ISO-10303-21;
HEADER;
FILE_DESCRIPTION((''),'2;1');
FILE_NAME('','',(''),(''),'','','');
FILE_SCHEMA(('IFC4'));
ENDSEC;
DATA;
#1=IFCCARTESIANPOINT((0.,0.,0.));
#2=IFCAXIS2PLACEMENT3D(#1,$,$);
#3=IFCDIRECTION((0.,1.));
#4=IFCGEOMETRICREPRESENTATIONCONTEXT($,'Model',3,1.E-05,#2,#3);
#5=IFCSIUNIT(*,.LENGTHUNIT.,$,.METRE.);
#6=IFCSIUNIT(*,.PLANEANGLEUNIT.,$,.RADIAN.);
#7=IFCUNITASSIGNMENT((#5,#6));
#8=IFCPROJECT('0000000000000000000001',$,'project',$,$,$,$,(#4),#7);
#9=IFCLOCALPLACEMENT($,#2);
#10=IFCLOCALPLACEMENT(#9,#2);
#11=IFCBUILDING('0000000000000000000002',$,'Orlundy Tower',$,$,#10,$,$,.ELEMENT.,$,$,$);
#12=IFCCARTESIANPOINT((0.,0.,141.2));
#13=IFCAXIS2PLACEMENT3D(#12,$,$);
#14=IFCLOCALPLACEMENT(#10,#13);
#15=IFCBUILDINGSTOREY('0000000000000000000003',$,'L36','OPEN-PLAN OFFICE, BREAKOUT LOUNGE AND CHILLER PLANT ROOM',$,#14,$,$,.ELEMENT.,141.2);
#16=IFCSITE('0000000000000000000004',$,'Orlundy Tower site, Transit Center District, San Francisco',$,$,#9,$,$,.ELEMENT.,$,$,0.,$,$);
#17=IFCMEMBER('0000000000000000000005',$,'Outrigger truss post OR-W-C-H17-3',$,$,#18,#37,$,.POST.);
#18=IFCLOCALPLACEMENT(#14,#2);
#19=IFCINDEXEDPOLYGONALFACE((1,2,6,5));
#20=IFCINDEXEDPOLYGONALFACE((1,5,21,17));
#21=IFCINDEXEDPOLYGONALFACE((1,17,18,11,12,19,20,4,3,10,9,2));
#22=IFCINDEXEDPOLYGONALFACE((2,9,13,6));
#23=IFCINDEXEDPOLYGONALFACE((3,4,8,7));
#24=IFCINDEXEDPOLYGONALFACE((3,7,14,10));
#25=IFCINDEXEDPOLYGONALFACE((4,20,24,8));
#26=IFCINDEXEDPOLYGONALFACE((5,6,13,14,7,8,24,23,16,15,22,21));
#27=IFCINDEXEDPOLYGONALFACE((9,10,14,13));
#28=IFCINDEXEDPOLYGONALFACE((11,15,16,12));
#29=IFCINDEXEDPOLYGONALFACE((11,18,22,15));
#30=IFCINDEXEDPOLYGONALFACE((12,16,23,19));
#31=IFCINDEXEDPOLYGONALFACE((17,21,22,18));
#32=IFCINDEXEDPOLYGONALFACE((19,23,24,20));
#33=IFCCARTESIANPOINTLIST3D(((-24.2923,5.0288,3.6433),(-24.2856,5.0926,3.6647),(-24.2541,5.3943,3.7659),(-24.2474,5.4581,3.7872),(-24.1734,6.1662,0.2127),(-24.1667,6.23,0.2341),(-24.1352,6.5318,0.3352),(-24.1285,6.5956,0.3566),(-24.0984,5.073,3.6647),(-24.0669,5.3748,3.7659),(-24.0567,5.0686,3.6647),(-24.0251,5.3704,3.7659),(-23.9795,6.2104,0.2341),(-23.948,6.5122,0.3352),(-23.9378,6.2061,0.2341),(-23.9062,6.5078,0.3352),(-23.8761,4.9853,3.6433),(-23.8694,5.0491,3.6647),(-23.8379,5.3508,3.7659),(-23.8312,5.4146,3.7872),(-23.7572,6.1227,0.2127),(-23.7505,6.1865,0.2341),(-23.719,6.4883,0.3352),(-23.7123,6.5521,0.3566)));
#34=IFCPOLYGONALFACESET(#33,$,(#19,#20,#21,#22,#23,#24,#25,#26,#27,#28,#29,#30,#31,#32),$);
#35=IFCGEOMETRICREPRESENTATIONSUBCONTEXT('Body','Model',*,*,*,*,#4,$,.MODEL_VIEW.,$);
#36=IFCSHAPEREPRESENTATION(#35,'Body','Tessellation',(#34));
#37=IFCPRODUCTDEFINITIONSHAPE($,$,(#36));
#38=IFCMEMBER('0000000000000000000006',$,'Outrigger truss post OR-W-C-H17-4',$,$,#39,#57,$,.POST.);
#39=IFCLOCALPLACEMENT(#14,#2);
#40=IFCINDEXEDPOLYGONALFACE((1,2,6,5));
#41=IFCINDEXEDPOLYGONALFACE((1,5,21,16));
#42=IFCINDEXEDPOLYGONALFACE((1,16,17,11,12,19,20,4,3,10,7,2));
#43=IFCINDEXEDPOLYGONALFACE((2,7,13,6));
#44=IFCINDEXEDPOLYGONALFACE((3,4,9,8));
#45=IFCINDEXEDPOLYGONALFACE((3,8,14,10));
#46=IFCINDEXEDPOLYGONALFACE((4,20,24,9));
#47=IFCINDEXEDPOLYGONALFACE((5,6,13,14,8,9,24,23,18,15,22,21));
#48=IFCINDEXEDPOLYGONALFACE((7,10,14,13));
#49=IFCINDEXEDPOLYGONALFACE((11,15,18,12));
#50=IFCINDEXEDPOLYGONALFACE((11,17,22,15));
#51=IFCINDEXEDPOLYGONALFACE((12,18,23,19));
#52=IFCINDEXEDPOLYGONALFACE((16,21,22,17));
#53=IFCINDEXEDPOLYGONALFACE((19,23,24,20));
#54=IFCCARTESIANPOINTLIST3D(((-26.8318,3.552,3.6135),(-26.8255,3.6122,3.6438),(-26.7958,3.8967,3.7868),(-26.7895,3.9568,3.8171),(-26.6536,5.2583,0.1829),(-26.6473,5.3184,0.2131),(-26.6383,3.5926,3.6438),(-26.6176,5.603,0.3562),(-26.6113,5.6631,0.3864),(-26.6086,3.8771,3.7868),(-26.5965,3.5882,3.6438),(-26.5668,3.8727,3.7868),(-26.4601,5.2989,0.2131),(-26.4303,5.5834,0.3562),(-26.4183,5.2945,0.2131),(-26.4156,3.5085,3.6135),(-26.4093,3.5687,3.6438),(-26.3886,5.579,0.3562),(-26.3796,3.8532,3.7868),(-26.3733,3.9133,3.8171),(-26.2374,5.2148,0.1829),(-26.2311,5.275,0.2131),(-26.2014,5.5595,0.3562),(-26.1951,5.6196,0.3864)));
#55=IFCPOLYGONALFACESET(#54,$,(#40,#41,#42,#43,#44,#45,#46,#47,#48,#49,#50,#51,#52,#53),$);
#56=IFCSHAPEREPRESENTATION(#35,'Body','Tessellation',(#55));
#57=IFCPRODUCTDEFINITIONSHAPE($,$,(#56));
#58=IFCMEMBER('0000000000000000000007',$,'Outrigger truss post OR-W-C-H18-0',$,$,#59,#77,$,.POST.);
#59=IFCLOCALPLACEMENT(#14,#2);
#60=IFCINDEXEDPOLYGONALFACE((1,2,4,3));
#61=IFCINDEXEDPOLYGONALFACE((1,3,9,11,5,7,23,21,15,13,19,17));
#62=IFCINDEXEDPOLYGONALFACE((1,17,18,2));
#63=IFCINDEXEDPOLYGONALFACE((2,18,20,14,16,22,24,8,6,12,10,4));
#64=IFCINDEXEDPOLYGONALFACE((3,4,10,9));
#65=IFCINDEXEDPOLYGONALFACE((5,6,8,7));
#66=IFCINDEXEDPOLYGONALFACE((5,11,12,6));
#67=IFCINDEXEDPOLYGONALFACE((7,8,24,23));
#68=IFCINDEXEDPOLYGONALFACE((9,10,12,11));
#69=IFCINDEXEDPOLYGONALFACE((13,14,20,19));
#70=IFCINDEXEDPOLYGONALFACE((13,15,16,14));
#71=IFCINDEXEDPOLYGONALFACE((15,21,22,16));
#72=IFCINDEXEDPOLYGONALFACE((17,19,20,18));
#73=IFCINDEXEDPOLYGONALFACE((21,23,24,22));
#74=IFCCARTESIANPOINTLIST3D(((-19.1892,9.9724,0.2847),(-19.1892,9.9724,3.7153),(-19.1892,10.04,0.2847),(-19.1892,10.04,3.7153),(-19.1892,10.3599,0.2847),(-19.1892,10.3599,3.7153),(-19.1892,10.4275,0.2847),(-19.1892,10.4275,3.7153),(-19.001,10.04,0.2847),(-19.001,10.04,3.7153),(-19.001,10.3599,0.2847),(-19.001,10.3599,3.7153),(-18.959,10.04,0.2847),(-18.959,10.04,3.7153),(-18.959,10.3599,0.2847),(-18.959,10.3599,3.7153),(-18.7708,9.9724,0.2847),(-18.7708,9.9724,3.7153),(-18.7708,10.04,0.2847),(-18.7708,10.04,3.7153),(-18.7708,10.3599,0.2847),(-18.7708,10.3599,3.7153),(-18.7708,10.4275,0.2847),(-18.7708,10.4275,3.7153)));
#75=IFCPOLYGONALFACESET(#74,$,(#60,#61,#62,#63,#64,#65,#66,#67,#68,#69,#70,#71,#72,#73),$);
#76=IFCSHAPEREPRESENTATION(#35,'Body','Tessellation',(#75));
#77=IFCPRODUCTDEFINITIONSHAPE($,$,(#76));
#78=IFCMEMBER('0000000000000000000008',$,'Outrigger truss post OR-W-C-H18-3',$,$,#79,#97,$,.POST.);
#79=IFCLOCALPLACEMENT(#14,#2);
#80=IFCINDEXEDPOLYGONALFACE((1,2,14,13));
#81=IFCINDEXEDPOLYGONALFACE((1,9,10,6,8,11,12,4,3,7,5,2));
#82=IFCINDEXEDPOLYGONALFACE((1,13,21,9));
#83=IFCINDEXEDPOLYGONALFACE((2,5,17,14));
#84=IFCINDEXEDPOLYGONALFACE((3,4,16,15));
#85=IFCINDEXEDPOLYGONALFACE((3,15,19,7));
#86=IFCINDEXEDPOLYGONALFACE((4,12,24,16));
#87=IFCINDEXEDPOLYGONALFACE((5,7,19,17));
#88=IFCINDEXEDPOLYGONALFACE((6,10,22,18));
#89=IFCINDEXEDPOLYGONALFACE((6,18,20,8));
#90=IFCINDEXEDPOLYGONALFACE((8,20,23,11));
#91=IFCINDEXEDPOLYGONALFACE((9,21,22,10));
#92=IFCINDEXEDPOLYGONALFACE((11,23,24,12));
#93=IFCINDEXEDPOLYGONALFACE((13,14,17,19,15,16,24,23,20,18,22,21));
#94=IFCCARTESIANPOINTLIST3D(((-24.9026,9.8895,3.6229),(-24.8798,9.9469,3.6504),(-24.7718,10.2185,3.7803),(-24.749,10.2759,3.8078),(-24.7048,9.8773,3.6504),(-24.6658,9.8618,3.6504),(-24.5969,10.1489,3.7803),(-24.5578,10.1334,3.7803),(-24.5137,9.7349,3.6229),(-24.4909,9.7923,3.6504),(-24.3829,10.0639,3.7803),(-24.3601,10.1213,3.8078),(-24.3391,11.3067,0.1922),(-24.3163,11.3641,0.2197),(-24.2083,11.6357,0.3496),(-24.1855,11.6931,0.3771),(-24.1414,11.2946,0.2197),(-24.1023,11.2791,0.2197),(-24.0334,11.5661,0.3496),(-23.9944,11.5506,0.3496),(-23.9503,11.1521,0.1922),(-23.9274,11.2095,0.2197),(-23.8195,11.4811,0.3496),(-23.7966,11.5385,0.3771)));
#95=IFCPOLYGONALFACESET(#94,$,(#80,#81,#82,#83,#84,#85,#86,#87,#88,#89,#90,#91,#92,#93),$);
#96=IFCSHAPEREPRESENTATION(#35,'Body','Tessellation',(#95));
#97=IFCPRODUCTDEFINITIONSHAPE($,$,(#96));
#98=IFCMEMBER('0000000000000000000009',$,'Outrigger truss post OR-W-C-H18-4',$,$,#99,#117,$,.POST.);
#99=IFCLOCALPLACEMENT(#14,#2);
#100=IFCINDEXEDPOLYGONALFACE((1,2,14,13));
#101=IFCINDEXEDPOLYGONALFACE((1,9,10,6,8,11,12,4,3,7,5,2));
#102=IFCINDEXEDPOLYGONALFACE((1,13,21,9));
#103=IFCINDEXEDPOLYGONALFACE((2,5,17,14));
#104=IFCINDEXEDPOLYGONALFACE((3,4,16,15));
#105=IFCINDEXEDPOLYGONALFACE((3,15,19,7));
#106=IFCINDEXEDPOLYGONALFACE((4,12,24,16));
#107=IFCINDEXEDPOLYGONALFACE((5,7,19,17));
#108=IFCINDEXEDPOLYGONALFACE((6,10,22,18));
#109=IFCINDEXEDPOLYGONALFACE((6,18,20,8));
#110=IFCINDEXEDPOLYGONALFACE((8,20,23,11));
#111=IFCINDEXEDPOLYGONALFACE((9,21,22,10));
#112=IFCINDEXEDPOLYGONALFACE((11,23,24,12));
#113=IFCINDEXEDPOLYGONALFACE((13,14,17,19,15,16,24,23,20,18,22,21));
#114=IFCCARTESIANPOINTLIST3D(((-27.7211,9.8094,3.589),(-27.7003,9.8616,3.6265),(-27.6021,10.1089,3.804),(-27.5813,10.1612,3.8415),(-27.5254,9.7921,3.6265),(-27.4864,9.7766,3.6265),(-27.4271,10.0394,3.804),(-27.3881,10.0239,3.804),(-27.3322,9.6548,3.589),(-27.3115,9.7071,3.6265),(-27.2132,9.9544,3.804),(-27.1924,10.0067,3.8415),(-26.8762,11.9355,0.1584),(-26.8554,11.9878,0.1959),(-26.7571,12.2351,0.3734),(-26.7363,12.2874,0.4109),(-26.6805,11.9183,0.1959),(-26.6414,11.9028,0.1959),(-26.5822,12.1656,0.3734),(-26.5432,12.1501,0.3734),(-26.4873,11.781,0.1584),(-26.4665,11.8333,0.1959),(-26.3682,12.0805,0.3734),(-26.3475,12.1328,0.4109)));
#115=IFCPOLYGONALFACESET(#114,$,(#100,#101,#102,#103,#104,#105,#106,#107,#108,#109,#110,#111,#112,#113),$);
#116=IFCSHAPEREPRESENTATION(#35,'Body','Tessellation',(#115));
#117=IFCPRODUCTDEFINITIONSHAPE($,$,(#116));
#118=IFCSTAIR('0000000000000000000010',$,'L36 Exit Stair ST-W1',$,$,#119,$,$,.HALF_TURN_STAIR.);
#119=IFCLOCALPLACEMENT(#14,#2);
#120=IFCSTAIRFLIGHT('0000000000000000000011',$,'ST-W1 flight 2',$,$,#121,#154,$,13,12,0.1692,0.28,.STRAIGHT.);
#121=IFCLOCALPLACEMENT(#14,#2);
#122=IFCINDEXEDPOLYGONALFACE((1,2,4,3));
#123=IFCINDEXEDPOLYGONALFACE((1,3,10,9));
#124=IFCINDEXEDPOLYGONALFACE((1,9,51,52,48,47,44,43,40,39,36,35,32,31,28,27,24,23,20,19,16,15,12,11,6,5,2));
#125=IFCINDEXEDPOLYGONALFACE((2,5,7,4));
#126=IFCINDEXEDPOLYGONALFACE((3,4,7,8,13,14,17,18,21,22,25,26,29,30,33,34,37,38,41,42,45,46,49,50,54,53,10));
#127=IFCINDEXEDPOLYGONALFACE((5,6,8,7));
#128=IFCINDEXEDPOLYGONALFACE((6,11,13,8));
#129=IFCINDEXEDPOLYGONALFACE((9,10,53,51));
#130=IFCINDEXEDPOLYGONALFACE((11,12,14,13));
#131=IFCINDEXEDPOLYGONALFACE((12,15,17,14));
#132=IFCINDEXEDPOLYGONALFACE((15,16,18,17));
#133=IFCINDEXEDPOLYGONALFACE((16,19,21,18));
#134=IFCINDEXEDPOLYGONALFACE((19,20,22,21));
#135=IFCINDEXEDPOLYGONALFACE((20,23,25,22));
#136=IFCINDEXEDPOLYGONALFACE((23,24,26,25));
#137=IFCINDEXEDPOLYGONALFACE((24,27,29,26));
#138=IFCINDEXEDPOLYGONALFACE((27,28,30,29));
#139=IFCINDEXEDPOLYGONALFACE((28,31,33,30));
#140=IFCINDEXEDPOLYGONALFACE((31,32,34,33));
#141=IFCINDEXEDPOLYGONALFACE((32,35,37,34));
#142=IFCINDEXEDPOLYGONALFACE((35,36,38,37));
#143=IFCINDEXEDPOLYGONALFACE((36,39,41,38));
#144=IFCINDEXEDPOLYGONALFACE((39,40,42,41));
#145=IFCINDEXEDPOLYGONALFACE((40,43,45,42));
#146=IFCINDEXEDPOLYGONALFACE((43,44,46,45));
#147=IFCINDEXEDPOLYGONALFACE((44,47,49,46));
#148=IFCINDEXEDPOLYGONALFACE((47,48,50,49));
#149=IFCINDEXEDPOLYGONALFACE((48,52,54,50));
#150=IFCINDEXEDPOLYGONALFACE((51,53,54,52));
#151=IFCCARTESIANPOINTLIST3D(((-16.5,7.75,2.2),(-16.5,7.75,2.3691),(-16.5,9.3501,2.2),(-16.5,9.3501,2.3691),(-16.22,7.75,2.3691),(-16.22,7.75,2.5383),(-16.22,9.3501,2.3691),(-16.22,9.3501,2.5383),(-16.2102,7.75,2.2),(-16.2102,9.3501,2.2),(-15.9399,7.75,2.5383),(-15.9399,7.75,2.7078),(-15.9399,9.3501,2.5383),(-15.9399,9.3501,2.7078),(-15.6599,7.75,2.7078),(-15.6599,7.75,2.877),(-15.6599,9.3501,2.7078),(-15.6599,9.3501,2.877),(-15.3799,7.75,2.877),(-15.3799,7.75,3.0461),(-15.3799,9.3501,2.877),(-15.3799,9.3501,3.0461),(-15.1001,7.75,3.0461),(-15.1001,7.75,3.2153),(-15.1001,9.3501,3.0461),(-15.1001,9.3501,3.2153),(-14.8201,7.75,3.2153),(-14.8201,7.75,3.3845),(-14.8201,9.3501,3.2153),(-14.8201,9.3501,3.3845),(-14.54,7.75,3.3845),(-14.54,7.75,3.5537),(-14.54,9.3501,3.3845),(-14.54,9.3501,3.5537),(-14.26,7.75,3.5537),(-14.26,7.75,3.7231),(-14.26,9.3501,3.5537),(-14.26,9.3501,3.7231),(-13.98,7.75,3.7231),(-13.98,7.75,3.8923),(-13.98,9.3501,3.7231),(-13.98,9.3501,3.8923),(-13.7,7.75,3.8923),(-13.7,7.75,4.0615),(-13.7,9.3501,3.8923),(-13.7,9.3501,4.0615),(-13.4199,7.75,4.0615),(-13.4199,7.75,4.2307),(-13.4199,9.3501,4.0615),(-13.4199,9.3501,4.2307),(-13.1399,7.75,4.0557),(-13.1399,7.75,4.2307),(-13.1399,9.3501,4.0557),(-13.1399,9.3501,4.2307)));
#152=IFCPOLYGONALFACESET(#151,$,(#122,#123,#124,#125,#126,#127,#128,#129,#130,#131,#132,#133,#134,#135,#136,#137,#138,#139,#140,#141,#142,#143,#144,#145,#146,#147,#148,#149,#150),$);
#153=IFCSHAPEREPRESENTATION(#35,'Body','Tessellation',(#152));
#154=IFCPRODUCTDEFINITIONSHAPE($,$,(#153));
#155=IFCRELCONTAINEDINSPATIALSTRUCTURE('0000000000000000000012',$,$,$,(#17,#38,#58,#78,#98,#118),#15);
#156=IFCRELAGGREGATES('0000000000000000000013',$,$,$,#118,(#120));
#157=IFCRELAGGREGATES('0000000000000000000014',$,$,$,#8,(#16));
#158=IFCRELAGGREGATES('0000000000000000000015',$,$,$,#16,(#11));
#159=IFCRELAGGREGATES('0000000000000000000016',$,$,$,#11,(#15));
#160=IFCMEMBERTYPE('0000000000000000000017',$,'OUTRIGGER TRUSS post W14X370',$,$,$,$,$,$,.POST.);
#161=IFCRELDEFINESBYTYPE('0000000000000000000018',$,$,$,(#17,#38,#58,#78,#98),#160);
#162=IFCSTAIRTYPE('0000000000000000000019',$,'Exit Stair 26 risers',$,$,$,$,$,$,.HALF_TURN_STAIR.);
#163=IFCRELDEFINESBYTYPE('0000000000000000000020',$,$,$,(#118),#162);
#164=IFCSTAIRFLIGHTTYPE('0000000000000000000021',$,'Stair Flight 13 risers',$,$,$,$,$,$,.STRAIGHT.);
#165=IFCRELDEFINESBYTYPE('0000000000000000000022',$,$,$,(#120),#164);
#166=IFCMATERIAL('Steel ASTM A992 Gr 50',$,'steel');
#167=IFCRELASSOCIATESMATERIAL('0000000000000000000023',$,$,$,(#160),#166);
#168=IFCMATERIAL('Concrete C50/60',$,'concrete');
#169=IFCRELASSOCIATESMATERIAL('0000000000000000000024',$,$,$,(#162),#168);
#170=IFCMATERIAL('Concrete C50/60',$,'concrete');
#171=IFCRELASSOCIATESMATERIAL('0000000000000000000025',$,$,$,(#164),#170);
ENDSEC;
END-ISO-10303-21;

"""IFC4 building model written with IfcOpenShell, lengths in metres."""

from ifc_helpers import new_model, si_unit, direction, frame, origin, origin_2d, place, context, subcontext, project, spatial, polyline, i_section, outline, extrude, material, material_profile, profile_set, type_object, element, aggregate, save


model = new_model("IFC4")

# Units and contexts
model_context = context("Model", 3, precision=1e-05, world=origin(), true_north=direction((0.0, 1.0)))
body_context = subcontext(model_context, "Body", "Model", "MODEL_VIEW")
ifc_project = project(units=[si_unit("LENGTHUNIT", "METRE"), si_unit("PLANEANGLEUNIT", "RADIAN")], contexts=[model_context])

# Site, building, storey
site_placement = place(None, origin())
site = spatial("IfcSite", under=ifc_project, at=site_placement, Name="Orlundy Tower site, Transit Center District, San Francisco", CompositionType="ELEMENT", RefElevation=0.0)
building_placement = place(site_placement, origin())
building = spatial("IfcBuilding", under=site, at=building_placement, Name="Orlundy Tower", CompositionType="ELEMENT")
storey_placement = place(building_placement, frame((0.0, 0.0, 141.2)))
storey = spatial("IfcBuildingStorey", under=building, at=storey_placement, Name="L36", Description="OPEN-PLAN OFFICE, BREAKOUT LOUNGE AND CHILLER PLANT ROOM", CompositionType="ELEMENT", Elevation=141.2)

# Members
ifc_material_1 = material(Name="Steel ASTM A992 Gr 50", Category="steel")
ifc_material_profile_1 = material_profile(ifc_material_1, i_section(OverallWidth=0.4185, OverallDepth=0.4551, WebThickness=0.042, FlangeThickness=0.0676, at=origin_2d()), Name="W14X370")
ifc_profile_set_1 = profile_set([ifc_material_profile_1], Name="Steel ASTM A992 Gr 50")
member_type_1 = type_object("IfcMemberType", Name="OUTRIGGER TRUSS post W14X370", PredefinedType="POST", material=ifc_profile_set_1)
member_1_placement = place(storey_placement, frame((-23.9429, 6.3591, 0.2847), z_axis=(-0.032878, -0.314537, 0.948676), x_axis=(0.994581, -0.103962, 0.0)))
element("IfcMember", 1, at=member_1_placement, inside=storey, type_object=member_type_1, Name="Outrigger truss post OR-W-C-H17-3", PredefinedType="POST", context=body_context, shape_type="SweptSolid", body=[
    extrude(i_section(OverallWidth=0.4185, OverallDepth=0.4551, WebThickness=0.042, FlangeThickness=0.0676, at=origin_2d()), origin(), (0.0, 0.0, 1.0), 3.6162),
])
member_2_placement = place(storey_placement, frame((-26.4243, 5.439, 0.2847), z_axis=(-0.046464, -0.444846, 0.894401), x_axis=(0.994589, -0.103885, 0.0)))
element("IfcMember", 2, at=member_2_placement, inside=storey, type_object=member_type_1, Name="Outrigger truss post OR-W-C-H17-4", PredefinedType="POST", context=body_context, shape_type="SweptSolid", body=[
    extrude(i_section(OverallWidth=0.4185, OverallDepth=0.4551, WebThickness=0.042, FlangeThickness=0.0676, at=origin_2d()), origin(), (0.0, 0.0, 1.0), 3.8357),
])
member_3_placement = place(storey_placement, frame((-18.98, 10.2, 0.2847), z_axis=(0.0, 0.0, 1.0), x_axis=(1.0, 0.0, 0.0)))
element("IfcMember", 3, at=member_3_placement, inside=storey, type_object=member_type_1, Name="Outrigger truss post OR-W-C-H18-0", PredefinedType="POST", context=body_context, shape_type="SweptSolid", body=[
    extrude(i_section(OverallWidth=0.4185, OverallDepth=0.4551, WebThickness=0.042, FlangeThickness=0.0676, at=origin_2d()), origin(), (0.0, 0.0, 1.0), 3.4307),
])
member_4_placement = place(storey_placement, frame((-24.0679, 11.4226, 0.2847), z_axis=(-0.150084, -0.377487, 0.913772), x_axis=(0.929247, -0.369458, 0.0)))
element("IfcMember", 4, at=member_4_placement, inside=storey, type_object=member_type_1, Name="Outrigger truss post OR-W-C-H18-3", PredefinedType="POST", context=body_context, shape_type="SweptSolid", body=[
    extrude(i_section(OverallWidth=0.4185, OverallDepth=0.4551, WebThickness=0.042, FlangeThickness=0.0676, at=origin_2d()), origin(), (0.0, 0.0, 1.0), 3.7544),
])
member_5_placement = place(storey_placement, frame((-26.6118, 12.0342, 0.2847), z_axis=(-0.20491, -0.51562, 0.831954), x_axis=(0.929306, -0.369311, 0.0)))
element("IfcMember", 5, at=member_5_placement, inside=storey, type_object=member_type_1, Name="Outrigger truss post OR-W-C-H18-4", PredefinedType="POST", context=body_context, shape_type="SweptSolid", body=[
    extrude(i_section(OverallWidth=0.4185, OverallDepth=0.4551, WebThickness=0.042, FlangeThickness=0.0676, at=origin_2d()), origin(), (0.0, 0.0, 1.0), 4.1235),
])

# Stair, stair flight
ifc_material_2 = material(Name="Concrete C50/60", Category="concrete")
stair_type = type_object("IfcStairType", Name="Exit Stair 26 risers", PredefinedType="HALF_TURN_STAIR", material=ifc_material_2)
stair_placement = place(storey_placement, origin())
stair = element("IfcStair", 6, at=stair_placement, inside=storey, type_object=stair_type, Name="L36 Exit Stair ST-W1", PredefinedType="HALF_TURN_STAIR")
ifc_material_3 = material(Name="Concrete C50/60", Category="concrete")
stair_flight_type = type_object("IfcStairFlightType", Name="Stair Flight 13 risers", PredefinedType="STRAIGHT", material=ifc_material_3)
stair_flight_placement = place(storey_placement, frame((-16.5, 8.55, 2.2), z_axis=(0.0, 0.0, 1.0), x_axis=(1.0, 0.0, 0.0)))
stair_flight = element("IfcStairFlight", 7, at=stair_flight_placement, type_object=stair_flight_type, Name="ST-W1 flight 2", NumberOfRisers=13, NumberOfTreads=12, PredefinedType="STRAIGHT", RiserHeight=0.1692, TreadLength=0.28, context=body_context, shape_type="SweptSolid", body=[
    extrude(outline(polyline([(0.0, 0.0), (0.0, 0.1692), (0.28, 0.1692), (0.28, 0.3384), (0.5601, 0.3384), (0.5601, 0.5078), (0.8401, 0.5078), (0.8401, 0.677), (1.1201, 0.677), (1.1201, 0.8462), (1.3999, 0.8462), (1.3999, 1.0154), (1.6799, 1.0154), (1.6799, 1.1846), (1.96, 1.1846), (1.96, 1.3538), (2.24, 1.3538), (2.24, 1.5232), (2.52, 1.5232), (2.52, 1.6924), (2.8, 1.6924), (2.8, 1.8616), (3.0801, 1.8616), (3.0801, 2.0308), (3.3601, 2.0308), (3.3601, 2.2), (3.3601, 1.8557), (0.2898, 0.0), (0.0, 0.0)])), frame((0.0, 0.8, 0.0), z_axis=(0.0, -1.0, 0.0), x_axis=(1.0, 0.0, 0.0)), (0.0, 0.0, 1.0), 1.6001),
])
aggregate(stair, [stair_flight])

save(model, "model.ifc")
